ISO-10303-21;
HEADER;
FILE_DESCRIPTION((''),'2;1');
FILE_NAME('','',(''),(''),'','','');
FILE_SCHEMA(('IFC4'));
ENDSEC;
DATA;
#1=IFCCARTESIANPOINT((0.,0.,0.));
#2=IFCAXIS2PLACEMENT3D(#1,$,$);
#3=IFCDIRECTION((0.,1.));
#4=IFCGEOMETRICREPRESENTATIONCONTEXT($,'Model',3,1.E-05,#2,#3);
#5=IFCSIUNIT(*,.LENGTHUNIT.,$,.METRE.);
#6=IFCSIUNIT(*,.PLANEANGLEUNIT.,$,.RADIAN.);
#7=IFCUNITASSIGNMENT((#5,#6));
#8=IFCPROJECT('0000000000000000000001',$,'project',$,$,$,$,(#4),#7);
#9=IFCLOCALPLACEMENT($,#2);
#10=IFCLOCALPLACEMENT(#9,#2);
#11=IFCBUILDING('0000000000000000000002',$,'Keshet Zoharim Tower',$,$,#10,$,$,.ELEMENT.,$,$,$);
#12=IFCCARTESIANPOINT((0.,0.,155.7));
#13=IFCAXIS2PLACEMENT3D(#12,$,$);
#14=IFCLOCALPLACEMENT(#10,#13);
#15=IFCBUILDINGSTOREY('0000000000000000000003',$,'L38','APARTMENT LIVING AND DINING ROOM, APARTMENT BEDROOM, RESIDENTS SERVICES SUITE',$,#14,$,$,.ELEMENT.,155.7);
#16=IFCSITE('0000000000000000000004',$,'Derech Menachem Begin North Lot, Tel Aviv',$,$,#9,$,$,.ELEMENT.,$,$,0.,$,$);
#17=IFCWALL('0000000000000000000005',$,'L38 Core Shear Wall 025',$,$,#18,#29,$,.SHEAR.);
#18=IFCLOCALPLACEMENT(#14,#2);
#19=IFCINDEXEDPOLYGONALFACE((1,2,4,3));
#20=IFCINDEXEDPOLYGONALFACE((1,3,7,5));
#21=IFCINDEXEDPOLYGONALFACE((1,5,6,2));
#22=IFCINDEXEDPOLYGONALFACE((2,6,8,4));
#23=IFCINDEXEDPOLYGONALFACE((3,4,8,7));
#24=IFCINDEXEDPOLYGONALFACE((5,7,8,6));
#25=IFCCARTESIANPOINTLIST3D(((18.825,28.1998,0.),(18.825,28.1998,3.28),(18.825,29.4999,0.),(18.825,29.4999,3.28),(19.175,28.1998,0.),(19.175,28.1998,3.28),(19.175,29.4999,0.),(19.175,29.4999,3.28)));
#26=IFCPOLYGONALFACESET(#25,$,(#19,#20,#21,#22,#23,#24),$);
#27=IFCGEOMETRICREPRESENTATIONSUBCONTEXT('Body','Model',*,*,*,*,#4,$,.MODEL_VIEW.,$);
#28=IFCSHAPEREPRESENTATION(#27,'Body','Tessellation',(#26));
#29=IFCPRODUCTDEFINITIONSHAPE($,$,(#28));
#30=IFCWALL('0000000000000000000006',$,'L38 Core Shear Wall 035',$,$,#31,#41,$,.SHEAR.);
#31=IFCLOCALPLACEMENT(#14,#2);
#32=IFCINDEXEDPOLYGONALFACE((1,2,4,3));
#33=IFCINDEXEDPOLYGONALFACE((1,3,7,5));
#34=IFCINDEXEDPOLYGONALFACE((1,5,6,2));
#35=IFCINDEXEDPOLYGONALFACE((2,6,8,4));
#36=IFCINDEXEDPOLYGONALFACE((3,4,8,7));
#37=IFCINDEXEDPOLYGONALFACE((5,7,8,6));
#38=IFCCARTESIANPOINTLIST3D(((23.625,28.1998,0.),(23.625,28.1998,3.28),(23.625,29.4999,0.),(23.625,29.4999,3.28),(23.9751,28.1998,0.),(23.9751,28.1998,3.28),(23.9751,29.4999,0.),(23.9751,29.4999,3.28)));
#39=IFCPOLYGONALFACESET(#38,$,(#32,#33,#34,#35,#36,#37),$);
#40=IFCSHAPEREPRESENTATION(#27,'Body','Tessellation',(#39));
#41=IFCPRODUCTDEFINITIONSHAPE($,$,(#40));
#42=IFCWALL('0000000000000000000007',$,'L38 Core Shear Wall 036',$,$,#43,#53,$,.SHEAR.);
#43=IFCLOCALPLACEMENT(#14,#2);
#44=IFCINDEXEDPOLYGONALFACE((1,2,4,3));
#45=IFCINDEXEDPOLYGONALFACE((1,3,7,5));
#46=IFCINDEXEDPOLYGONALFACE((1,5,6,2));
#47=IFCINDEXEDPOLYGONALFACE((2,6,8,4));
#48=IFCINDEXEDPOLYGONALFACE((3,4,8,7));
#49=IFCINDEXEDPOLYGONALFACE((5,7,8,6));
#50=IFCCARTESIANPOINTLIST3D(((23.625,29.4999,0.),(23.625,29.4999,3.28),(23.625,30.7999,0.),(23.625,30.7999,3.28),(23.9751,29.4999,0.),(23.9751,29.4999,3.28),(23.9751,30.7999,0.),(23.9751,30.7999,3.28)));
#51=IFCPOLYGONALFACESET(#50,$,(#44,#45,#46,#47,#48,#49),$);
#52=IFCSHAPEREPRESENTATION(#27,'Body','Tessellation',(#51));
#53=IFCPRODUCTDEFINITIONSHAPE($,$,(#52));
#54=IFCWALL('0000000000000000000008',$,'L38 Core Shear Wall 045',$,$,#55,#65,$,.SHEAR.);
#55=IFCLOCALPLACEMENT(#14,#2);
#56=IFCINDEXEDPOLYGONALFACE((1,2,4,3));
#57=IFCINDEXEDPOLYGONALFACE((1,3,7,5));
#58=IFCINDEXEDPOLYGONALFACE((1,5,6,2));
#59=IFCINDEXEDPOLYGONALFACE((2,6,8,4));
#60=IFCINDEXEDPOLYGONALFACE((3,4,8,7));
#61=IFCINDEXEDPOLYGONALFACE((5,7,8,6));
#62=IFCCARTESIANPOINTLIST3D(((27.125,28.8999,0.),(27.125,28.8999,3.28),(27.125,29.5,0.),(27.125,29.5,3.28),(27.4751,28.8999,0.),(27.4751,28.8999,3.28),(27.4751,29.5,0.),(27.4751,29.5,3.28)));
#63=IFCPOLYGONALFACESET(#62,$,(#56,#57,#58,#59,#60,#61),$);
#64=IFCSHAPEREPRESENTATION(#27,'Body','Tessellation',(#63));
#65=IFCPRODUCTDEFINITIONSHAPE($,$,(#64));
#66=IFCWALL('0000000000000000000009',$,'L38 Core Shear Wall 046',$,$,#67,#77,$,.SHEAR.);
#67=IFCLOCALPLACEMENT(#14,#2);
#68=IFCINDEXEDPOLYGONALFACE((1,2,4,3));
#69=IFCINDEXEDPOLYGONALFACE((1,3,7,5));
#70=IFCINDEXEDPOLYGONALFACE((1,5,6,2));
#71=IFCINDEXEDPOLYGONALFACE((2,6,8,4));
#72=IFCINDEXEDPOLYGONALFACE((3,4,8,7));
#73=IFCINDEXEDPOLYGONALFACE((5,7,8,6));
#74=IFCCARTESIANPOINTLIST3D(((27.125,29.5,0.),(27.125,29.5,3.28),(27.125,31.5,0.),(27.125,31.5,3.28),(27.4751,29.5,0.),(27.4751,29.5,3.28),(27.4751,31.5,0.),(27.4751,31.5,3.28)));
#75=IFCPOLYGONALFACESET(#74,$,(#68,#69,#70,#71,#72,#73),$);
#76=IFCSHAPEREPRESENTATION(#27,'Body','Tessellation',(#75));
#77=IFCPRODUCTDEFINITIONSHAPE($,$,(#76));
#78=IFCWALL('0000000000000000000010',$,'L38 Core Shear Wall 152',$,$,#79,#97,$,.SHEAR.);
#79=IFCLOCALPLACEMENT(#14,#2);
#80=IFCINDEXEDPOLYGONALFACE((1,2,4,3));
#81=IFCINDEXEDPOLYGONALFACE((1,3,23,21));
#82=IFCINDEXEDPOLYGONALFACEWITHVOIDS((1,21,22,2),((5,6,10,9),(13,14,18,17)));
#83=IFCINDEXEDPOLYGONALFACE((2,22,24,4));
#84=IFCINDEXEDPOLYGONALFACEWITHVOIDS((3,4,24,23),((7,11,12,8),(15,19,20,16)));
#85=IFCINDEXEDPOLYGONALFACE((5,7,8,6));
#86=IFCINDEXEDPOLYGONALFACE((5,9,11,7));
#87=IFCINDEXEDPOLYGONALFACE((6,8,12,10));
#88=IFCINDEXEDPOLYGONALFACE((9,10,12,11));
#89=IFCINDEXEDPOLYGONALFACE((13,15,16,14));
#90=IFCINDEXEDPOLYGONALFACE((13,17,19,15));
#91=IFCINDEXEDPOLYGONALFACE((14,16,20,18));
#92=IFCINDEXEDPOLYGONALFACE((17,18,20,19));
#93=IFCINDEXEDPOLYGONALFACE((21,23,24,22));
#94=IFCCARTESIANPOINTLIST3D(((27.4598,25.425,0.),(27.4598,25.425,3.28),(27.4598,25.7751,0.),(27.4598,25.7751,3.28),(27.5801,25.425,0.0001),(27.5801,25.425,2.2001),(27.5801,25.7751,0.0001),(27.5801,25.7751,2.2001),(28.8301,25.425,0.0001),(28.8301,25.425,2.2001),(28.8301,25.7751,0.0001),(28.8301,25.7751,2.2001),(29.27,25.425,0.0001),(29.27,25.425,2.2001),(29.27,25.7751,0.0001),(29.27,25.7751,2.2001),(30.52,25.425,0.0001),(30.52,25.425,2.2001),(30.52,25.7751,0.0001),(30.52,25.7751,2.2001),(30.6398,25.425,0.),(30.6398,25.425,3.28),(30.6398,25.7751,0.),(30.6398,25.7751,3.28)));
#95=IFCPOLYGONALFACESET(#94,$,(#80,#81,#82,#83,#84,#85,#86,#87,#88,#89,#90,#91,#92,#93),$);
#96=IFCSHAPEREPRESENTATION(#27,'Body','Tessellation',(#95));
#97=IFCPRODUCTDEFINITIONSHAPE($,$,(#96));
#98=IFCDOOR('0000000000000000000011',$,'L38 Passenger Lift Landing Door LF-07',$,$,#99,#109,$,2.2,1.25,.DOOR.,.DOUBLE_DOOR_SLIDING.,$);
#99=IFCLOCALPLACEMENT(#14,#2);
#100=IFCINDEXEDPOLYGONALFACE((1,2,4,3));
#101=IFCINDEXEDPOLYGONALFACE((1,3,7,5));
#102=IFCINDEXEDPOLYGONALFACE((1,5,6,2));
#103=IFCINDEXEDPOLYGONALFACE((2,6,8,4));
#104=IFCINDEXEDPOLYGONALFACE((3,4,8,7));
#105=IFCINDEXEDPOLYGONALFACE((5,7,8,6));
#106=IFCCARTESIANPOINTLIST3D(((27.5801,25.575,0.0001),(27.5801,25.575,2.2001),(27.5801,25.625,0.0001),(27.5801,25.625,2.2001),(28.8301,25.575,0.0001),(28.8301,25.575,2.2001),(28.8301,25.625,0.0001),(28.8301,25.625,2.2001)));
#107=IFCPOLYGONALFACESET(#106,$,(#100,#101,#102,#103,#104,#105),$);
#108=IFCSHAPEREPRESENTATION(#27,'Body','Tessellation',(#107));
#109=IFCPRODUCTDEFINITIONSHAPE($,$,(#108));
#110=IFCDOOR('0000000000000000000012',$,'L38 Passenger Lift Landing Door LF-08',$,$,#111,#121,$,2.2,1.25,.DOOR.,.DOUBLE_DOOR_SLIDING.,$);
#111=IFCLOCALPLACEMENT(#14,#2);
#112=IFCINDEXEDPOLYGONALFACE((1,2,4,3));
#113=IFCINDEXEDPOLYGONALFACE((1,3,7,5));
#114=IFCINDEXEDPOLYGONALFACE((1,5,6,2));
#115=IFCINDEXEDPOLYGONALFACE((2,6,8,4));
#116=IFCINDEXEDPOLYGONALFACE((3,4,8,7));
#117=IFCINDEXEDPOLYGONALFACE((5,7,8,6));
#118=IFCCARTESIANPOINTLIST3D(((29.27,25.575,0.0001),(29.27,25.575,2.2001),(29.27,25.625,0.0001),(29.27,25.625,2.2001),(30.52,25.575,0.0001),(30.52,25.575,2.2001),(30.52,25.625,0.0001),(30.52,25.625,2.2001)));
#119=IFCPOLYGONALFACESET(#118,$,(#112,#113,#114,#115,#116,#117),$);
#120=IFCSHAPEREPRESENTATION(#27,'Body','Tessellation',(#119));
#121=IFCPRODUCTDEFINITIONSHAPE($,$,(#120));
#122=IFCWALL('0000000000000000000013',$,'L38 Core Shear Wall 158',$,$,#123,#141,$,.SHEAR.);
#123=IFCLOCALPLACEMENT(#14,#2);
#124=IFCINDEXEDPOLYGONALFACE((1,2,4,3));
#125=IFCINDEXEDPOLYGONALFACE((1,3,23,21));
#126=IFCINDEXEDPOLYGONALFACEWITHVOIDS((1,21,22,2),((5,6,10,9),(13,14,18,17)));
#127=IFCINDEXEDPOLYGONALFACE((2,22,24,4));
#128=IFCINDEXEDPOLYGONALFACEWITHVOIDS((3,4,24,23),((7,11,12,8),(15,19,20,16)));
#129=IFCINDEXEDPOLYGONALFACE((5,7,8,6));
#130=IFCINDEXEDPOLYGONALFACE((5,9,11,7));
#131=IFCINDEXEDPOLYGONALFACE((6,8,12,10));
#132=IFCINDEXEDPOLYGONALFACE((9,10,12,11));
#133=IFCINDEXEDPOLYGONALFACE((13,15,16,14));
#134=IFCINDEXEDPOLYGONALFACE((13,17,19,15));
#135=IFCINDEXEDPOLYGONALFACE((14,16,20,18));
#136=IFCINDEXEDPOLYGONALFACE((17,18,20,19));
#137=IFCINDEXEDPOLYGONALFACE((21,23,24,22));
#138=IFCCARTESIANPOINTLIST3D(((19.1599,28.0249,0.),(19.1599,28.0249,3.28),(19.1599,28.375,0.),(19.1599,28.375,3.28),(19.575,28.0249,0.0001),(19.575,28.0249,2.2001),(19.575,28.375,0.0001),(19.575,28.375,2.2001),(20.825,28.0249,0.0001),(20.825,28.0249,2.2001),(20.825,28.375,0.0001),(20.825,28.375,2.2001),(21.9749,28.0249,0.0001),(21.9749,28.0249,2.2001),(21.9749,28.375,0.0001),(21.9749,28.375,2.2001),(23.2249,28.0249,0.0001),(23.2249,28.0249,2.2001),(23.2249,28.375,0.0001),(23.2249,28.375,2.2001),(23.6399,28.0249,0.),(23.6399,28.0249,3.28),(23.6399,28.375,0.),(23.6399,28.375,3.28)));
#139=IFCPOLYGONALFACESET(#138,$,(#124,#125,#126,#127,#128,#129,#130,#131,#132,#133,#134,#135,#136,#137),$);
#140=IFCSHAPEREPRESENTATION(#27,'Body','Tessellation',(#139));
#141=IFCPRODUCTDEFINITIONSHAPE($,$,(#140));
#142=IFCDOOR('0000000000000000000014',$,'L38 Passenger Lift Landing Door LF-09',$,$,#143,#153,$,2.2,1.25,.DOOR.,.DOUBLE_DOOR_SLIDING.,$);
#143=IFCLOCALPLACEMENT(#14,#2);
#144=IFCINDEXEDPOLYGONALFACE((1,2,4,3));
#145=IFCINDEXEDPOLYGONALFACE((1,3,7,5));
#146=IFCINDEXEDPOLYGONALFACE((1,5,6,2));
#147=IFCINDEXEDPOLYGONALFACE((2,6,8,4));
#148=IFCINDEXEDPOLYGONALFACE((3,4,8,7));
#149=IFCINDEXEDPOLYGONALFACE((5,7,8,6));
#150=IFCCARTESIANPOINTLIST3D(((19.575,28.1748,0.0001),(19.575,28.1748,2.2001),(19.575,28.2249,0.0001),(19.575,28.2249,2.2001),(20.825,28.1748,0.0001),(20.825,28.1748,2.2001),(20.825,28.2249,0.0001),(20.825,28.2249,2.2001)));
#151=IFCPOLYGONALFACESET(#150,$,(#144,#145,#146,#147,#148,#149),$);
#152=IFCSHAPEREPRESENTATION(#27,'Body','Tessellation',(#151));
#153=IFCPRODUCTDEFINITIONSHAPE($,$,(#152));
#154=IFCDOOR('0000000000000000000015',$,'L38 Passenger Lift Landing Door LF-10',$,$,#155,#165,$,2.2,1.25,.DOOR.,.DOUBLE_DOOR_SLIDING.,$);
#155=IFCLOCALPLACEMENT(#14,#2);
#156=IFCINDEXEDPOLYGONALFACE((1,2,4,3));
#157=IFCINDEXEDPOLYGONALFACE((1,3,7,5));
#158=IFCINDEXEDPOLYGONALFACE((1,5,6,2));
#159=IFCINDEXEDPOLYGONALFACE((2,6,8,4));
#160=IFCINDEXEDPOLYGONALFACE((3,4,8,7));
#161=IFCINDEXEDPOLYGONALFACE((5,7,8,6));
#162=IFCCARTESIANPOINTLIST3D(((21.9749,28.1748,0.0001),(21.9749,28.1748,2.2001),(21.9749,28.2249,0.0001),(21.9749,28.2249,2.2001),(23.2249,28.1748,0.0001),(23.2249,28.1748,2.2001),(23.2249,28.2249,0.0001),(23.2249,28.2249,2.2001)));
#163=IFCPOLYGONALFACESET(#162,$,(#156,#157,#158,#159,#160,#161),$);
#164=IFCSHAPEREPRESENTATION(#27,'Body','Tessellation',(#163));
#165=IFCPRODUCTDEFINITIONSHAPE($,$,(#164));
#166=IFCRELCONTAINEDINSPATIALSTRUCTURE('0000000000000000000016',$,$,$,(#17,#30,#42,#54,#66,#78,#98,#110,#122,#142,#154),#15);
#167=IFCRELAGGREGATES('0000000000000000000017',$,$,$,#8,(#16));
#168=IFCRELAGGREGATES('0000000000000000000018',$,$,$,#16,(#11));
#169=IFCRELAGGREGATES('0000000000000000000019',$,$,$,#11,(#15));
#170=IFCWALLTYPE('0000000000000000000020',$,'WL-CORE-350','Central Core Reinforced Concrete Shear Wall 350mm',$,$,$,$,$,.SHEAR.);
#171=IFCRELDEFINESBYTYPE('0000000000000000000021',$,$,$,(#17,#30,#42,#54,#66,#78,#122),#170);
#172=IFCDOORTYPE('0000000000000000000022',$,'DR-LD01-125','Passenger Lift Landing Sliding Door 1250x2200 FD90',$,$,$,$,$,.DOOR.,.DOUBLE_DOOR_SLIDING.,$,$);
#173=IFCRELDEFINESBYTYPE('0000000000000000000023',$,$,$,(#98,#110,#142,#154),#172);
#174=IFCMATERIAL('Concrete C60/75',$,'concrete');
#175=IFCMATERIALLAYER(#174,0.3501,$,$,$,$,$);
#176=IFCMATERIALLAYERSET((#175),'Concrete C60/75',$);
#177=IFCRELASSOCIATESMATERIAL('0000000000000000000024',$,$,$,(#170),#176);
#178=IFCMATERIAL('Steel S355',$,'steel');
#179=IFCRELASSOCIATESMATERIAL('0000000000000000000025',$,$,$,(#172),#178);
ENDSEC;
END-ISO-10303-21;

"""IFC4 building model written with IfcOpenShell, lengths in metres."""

from ifc_helpers import new_model, si_unit, direction, frame, frame_2d, origin, place, context, subcontext, project, spatial, rectangle, extrude, material, layer, layer_set, type_object, element, fill, save


model = new_model("IFC4")

# Units and contexts
model_context = context("Model", 3, precision=1e-05, world=origin(), true_north=direction((0.0, 1.0)))
body_context = subcontext(model_context, "Body", "Model", "MODEL_VIEW")
ifc_project = project(units=[si_unit("LENGTHUNIT", "METRE"), si_unit("PLANEANGLEUNIT", "RADIAN")], contexts=[model_context])

# Site, building, storey
site_placement = place(None, origin())
site = spatial("IfcSite", under=ifc_project, at=site_placement, Name="Derech Menachem Begin North Lot, Tel Aviv", CompositionType="ELEMENT", RefElevation=0.0)
building_placement = place(site_placement, origin())
building = spatial("IfcBuilding", under=site, at=building_placement, Name="Keshet Zoharim Tower", CompositionType="ELEMENT")
storey_placement = place(building_placement, frame((0.0, 0.0, 155.7)))
storey = spatial("IfcBuildingStorey", under=building, at=storey_placement, Name="L38", Description="APARTMENT LIVING AND DINING ROOM, APARTMENT BEDROOM, RESIDENTS SERVICES SUITE", CompositionType="ELEMENT", Elevation=155.7)

# Wall
ifc_material_1 = material(Name="Concrete C60/75", Category="concrete")
ifc_layer_1 = layer(ifc_material_1, 0.3501)
ifc_layer_set_1 = layer_set([ifc_layer_1], Name="Concrete C60/75")
wall_type_1 = type_object("IfcWallType", Name="WL-CORE-350", Description="Central Core Reinforced Concrete Shear Wall 350mm", PredefinedType="SHEAR", material=ifc_layer_set_1)
wall_1_placement = place(storey_placement, frame((19.0, 28.2, 0.0), z_axis=(0.0, 0.0, 1.0), x_axis=(0.0, 1.0, 0.0)))
element("IfcWall", 1, at=wall_1_placement, inside=storey, type_object=wall_type_1, Name="L38 Core Shear Wall 025", PredefinedType="SHEAR", context=body_context, shape_type="SweptSolid", body=[
    extrude(rectangle(XDim=1.3, YDim=0.3501, at=frame_2d((0.6499, 0.0))), origin(), (0.0, 0.0, 1.0), 3.28),
])

# Walls
for number, where, z_axis, x_axis, name in (
    (2, (23.8, 28.2, 0.0), (0.0, 0.0, 1.0), (0.0, 1.0, 0.0), "L38 Core Shear Wall 035"),
    (3, (23.8, 29.5, 0.0), (0.0, 0.0, 1.0), (0.0, 1.0, 0.0), "L38 Core Shear Wall 036"),
):
    element("IfcWall", number, at=place(storey_placement, frame(where, z_axis=z_axis, x_axis=x_axis)), inside=storey, type_object=wall_type_1, Name=name, PredefinedType="SHEAR", context=body_context, shape_type="SweptSolid", body=[
        extrude(rectangle(XDim=1.3, YDim=0.3501, at=frame_2d((0.6499, 0.0))), origin(), (0.0, 0.0, 1.0), 3.28),
    ])
wall_2_placement = place(storey_placement, frame((27.3, 28.8999, 0.0), z_axis=(0.0, 0.0, 1.0), x_axis=(0.0, 1.0, 0.0)))
element("IfcWall", 4, at=wall_2_placement, inside=storey, type_object=wall_type_1, Name="L38 Core Shear Wall 045", PredefinedType="SHEAR", context=body_context, shape_type="SweptSolid", body=[
    extrude(rectangle(XDim=0.6001, YDim=0.3501, at=frame_2d((0.3, 0.0))), origin(), (0.0, 0.0, 1.0), 3.28),
])
wall_3_placement = place(storey_placement, frame((27.3, 29.5, 0.0), z_axis=(0.0, 0.0, 1.0), x_axis=(0.0, 1.0, 0.0)))
element("IfcWall", 5, at=wall_3_placement, inside=storey, type_object=wall_type_1, Name="L38 Core Shear Wall 046", PredefinedType="SHEAR", context=body_context, shape_type="SweptSolid", body=[
    extrude(rectangle(XDim=2.0, YDim=0.3501, at=frame_2d((1.0, 0.0))), origin(), (0.0, 0.0, 1.0), 3.28),
])

# Walls, openings, doors
wall_4_placement = place(storey_placement, frame((27.46, 25.6001, 0.0), z_axis=(0.0, 0.0, 1.0), x_axis=(1.0, 0.0, 0.0)))
wall_4 = element("IfcWall", 6, at=wall_4_placement, inside=storey, type_object=wall_type_1, Name="L38 Core Shear Wall 152", PredefinedType="SHEAR", context=body_context, shape_type="SweptSolid", body=[
    extrude(rectangle(XDim=3.1799, YDim=0.3501, at=frame_2d((1.5898, 0.0))), origin(), (0.0, 0.0, 1.0), 3.28),
])
opening_1_placement = place(wall_4_placement, frame((0.1201, 0.0, 0.0)))
opening_1 = element("IfcOpeningElement", 7, at=opening_1_placement, cuts=wall_4, PredefinedType="OPENING", context=body_context, shape_type="SweptSolid", body=[
    extrude(rectangle(XDim=1.25, YDim=2.2, at=frame_2d((0.625, 1.1001))), frame((0.0, 0.1851, 0.0), z_axis=(0.0, -1.0, 0.0), x_axis=(1.0, 0.0, 0.0)), (0.0, 0.0, 1.0), 0.3701),
])
opening_2_placement = place(wall_4_placement, frame((1.8101, 0.0, 0.0)))
opening_2 = element("IfcOpeningElement", 8, at=opening_2_placement, cuts=wall_4, PredefinedType="OPENING", context=body_context, shape_type="SweptSolid", body=[
    extrude(rectangle(XDim=1.25, YDim=2.2, at=frame_2d((0.625, 1.1001))), frame((0.0, 0.1851, 0.0), z_axis=(0.0, -1.0, 0.0), x_axis=(1.0, 0.0, 0.0)), (0.0, 0.0, 1.0), 0.3701),
])
ifc_material_2 = material(Name="Steel S355", Category="steel")
door_type_1 = type_object("IfcDoorType", Name="DR-LD01-125", Description="Passenger Lift Landing Sliding Door 1250x2200 FD90", OperationType="DOUBLE_DOOR_SLIDING", PredefinedType="DOOR", material=ifc_material_2)
door_1_placement = place(opening_1_placement, origin())
door_1 = element("IfcDoor", 9, at=door_1_placement, inside=storey, type_object=door_type_1, Name="L38 Passenger Lift Landing Door LF-07", OperationType="DOUBLE_DOOR_SLIDING", OverallHeight=2.2, OverallWidth=1.25, PredefinedType="DOOR", context=body_context, shape_type="SweptSolid", body=[
    extrude(rectangle(XDim=1.25, YDim=2.2, at=frame_2d((0.625, 1.1001))), frame((0.0, 0.0249, 0.0), z_axis=(0.0, -1.0, 0.0), x_axis=(1.0, 0.0, 0.0)), (0.0, 0.0, 1.0), 0.05),
])
fill(opening_1, door_1)
door_2_placement = place(opening_2_placement, origin())
door_2 = element("IfcDoor", 10, at=door_2_placement, inside=storey, type_object=door_type_1, Name="L38 Passenger Lift Landing Door LF-08", OperationType="DOUBLE_DOOR_SLIDING", OverallHeight=2.2, OverallWidth=1.25, PredefinedType="DOOR", context=body_context, shape_type="SweptSolid", body=[
    extrude(rectangle(XDim=1.25, YDim=2.2, at=frame_2d((0.625, 1.1001))), frame((0.0, 0.0249, 0.0), z_axis=(0.0, -1.0, 0.0), x_axis=(1.0, 0.0, 0.0)), (0.0, 0.0, 1.0), 0.05),
])
fill(opening_2, door_2)
wall_5_placement = place(storey_placement, frame((19.1599, 28.2, 0.0), z_axis=(0.0, 0.0, 1.0), x_axis=(1.0, 0.0, 0.0)))
wall_5 = element("IfcWall", 11, at=wall_5_placement, inside=storey, type_object=wall_type_1, Name="L38 Core Shear Wall 158", PredefinedType="SHEAR", context=body_context, shape_type="SweptSolid", body=[
    extrude(rectangle(XDim=4.48, YDim=0.3501, at=frame_2d((2.24, 0.0))), origin(), (0.0, 0.0, 1.0), 3.28),
])
opening_3_placement = place(wall_5_placement, frame((0.415, 0.0, 0.0)))
opening_3 = element("IfcOpeningElement", 12, at=opening_3_placement, cuts=wall_5, PredefinedType="OPENING", context=body_context, shape_type="SweptSolid", body=[
    extrude(rectangle(XDim=1.25, YDim=2.2, at=frame_2d((0.625, 1.1001))), frame((0.0, 0.1851, 0.0), z_axis=(0.0, -1.0, 0.0), x_axis=(1.0, 0.0, 0.0)), (0.0, 0.0, 1.0), 0.3701),
])
opening_4_placement = place(wall_5_placement, frame((2.8149, 0.0, 0.0)))
opening_4 = element("IfcOpeningElement", 13, at=opening_4_placement, cuts=wall_5, PredefinedType="OPENING", context=body_context, shape_type="SweptSolid", body=[
    extrude(rectangle(XDim=1.25, YDim=2.2, at=frame_2d((0.625, 1.1001))), frame((0.0, 0.1851, 0.0), z_axis=(0.0, -1.0, 0.0), x_axis=(1.0, 0.0, 0.0)), (0.0, 0.0, 1.0), 0.3701),
])
door_3_placement = place(opening_3_placement, origin())
door_3 = element("IfcDoor", 14, at=door_3_placement, inside=storey, type_object=door_type_1, Name="L38 Passenger Lift Landing Door LF-09", OperationType="DOUBLE_DOOR_SLIDING", OverallHeight=2.2, OverallWidth=1.25, PredefinedType="DOOR", context=body_context, shape_type="SweptSolid", body=[
    extrude(rectangle(XDim=1.25, YDim=2.2, at=frame_2d((0.625, 1.1001))), frame((0.0, 0.0249, 0.0), z_axis=(0.0, -1.0, 0.0), x_axis=(1.0, 0.0, 0.0)), (0.0, 0.0, 1.0), 0.05),
])
fill(opening_3, door_3)
door_4_placement = place(opening_4_placement, origin())
door_4 = element("IfcDoor", 15, at=door_4_placement, inside=storey, type_object=door_type_1, Name="L38 Passenger Lift Landing Door LF-10", OperationType="DOUBLE_DOOR_SLIDING", OverallHeight=2.2, OverallWidth=1.25, PredefinedType="DOOR", context=body_context, shape_type="SweptSolid", body=[
    extrude(rectangle(XDim=1.25, YDim=2.2, at=frame_2d((0.625, 1.1001))), frame((0.0, 0.0249, 0.0), z_axis=(0.0, -1.0, 0.0), x_axis=(1.0, 0.0, 0.0)), (0.0, 0.0, 1.0), 0.05),
])
fill(opening_4, door_4)

save(model, "model.ifc")
